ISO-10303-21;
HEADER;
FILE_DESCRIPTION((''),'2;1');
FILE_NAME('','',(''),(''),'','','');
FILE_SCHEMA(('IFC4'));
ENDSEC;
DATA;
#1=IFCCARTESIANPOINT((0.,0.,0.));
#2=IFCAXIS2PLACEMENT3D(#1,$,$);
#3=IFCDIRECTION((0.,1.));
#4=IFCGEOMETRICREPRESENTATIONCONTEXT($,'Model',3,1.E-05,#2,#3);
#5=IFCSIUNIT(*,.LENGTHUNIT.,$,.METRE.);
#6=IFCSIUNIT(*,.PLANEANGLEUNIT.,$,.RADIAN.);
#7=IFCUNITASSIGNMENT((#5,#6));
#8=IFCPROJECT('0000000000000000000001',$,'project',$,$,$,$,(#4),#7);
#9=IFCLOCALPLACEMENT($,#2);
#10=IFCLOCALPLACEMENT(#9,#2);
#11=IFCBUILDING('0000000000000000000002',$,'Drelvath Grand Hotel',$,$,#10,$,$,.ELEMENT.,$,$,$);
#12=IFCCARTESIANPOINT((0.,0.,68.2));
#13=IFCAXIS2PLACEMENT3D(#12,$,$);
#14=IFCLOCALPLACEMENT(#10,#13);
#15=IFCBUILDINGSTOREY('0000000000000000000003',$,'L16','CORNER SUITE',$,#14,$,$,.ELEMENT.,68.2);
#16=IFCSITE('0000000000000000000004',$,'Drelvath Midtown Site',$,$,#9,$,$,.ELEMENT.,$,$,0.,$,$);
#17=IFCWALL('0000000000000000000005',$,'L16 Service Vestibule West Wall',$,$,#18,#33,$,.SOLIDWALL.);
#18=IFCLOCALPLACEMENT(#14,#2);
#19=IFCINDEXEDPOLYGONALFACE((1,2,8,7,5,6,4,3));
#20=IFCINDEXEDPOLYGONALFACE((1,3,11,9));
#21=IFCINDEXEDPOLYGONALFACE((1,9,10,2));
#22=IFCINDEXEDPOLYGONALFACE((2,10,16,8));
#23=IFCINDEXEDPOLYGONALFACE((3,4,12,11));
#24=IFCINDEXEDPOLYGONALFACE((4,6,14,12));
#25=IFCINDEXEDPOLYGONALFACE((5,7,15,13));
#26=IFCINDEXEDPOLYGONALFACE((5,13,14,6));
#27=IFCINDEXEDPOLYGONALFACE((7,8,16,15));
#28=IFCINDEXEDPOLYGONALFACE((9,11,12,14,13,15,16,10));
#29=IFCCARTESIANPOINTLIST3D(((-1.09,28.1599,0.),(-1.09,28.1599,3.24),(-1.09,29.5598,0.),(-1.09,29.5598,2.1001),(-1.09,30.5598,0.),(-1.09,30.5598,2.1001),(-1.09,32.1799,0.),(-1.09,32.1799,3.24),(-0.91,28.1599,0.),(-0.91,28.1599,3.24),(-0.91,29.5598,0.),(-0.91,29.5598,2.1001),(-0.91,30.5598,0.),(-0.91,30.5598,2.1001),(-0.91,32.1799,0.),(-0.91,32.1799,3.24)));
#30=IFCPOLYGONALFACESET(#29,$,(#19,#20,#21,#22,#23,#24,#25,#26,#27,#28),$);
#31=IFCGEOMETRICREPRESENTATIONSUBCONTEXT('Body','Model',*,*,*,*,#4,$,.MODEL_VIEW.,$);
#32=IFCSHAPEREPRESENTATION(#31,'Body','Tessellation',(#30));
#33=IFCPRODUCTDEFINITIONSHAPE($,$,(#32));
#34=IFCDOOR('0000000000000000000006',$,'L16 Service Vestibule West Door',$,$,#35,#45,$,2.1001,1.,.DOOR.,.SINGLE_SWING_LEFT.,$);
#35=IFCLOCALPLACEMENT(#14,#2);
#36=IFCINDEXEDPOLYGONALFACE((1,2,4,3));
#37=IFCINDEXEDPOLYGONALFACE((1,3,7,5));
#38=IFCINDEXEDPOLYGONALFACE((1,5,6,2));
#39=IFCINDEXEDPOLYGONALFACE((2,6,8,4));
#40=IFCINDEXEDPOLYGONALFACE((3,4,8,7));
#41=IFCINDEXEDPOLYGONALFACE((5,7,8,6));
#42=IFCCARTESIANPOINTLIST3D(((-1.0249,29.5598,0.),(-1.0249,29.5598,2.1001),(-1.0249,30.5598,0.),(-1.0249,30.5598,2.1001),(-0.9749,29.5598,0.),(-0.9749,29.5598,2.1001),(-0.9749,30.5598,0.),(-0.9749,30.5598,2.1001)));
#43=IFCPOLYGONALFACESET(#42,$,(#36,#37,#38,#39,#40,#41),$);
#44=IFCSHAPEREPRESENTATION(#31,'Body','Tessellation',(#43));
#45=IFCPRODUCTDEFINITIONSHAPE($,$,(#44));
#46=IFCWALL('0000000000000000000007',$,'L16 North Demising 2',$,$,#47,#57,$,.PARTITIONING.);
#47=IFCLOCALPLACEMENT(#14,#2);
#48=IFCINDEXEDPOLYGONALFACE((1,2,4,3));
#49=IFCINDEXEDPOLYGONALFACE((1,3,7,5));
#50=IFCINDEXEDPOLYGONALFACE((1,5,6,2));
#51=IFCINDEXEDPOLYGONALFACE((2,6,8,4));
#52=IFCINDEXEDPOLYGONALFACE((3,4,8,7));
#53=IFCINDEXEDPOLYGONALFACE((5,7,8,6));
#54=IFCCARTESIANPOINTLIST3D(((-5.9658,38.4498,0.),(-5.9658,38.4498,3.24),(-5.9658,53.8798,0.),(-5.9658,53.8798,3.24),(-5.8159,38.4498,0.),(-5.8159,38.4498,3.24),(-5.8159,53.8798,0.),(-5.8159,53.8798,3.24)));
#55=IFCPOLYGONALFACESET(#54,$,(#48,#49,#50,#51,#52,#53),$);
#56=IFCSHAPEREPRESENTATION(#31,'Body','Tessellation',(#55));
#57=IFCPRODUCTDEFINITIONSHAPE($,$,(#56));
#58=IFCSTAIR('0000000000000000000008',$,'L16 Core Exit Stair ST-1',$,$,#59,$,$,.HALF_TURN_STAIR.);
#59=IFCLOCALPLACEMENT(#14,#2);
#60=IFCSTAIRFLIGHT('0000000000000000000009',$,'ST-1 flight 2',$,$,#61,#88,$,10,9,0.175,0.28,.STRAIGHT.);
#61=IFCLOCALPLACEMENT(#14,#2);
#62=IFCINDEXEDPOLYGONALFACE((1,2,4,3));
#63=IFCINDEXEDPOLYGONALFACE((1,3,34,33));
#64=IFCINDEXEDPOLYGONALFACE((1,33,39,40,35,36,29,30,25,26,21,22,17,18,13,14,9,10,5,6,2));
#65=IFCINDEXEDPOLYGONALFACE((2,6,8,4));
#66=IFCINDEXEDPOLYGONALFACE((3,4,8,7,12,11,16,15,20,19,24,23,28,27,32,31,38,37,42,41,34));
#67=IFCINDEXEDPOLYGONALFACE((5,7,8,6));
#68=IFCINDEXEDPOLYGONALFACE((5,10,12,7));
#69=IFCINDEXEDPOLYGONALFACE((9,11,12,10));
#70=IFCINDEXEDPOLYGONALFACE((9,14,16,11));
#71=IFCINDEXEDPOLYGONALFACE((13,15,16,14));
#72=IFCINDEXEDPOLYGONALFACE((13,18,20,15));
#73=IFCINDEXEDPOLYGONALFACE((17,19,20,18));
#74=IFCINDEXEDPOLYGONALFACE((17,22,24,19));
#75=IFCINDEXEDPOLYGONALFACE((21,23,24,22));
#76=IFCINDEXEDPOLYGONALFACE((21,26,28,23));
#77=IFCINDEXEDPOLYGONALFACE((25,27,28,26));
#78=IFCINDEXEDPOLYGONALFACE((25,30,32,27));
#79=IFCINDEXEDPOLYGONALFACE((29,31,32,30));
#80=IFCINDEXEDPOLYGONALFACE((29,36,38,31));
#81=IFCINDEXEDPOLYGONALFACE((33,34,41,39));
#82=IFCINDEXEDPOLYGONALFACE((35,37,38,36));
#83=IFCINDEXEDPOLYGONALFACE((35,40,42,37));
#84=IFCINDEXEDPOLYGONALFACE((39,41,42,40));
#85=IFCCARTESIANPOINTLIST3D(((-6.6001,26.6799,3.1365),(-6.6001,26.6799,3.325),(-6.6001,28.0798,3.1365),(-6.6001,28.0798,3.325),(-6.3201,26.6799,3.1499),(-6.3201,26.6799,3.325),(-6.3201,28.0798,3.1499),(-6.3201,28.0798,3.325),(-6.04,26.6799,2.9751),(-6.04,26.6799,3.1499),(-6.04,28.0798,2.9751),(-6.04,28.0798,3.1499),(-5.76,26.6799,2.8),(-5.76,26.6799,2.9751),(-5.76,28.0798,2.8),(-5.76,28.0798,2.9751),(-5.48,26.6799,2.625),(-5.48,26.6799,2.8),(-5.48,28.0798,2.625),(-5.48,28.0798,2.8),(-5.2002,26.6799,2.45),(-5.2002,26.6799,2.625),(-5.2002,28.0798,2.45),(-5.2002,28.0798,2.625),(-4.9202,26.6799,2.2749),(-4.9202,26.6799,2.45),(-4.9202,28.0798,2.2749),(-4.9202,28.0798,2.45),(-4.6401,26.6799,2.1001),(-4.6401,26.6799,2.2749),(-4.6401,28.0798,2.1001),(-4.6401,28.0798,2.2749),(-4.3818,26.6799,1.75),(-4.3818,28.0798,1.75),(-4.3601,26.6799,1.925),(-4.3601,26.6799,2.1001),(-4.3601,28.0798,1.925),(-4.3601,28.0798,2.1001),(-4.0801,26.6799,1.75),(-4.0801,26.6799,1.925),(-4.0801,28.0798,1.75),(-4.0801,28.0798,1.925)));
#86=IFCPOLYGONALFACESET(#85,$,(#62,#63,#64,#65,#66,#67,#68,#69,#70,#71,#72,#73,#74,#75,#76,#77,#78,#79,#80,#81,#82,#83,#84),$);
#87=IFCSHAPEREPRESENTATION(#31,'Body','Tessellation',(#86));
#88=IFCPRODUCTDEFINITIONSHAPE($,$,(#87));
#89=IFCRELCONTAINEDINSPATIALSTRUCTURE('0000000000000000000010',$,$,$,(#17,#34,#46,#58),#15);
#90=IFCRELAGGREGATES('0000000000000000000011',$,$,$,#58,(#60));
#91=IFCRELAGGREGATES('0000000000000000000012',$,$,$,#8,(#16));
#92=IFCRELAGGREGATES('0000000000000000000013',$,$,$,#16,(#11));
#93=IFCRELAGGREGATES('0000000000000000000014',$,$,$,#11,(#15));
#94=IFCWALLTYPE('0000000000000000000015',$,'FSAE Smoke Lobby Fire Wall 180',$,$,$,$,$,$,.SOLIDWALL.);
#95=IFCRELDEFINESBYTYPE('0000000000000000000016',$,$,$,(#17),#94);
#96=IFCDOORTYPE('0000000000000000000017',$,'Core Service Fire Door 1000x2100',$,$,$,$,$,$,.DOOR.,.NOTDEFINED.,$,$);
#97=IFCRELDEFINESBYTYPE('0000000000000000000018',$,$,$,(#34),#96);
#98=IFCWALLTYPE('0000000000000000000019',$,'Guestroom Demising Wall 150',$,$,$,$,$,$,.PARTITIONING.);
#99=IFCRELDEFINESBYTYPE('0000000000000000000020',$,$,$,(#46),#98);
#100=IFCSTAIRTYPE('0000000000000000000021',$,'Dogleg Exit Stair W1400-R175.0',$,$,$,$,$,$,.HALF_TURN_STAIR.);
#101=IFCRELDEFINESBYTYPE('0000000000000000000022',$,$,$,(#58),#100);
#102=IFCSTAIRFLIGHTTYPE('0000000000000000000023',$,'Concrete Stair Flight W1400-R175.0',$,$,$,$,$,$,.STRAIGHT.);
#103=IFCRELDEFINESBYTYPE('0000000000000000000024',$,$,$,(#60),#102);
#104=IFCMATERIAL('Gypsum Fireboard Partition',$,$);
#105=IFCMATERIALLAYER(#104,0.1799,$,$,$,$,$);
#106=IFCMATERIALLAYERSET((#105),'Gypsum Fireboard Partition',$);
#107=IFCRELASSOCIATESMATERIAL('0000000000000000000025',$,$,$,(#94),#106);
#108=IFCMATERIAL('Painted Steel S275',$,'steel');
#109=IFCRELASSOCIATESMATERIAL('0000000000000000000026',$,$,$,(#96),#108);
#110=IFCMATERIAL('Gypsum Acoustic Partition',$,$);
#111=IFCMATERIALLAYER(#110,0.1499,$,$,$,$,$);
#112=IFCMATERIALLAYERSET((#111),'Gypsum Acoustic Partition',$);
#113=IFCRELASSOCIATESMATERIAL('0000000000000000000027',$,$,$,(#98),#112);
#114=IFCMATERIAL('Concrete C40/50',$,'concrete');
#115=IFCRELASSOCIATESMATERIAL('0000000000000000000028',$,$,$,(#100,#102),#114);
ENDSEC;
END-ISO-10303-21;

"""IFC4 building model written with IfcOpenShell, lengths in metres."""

from ifc_helpers import new_model, si_unit, direction, frame, frame_2d, origin, place, context, subcontext, project, spatial, polyline, rectangle, outline, extrude, material, layer, layer_set, type_object, element, fill, aggregate, save


model = new_model("IFC4")

# Units and contexts
model_context = context("Model", 3, precision=1e-05, world=origin(), true_north=direction((0.0, 1.0)))
body_context = subcontext(model_context, "Body", "Model", "MODEL_VIEW")
ifc_project = project(units=[si_unit("LENGTHUNIT", "METRE"), si_unit("PLANEANGLEUNIT", "RADIAN")], contexts=[model_context])

# Site, building, storey
site_placement = place(None, origin())
site = spatial("IfcSite", under=ifc_project, at=site_placement, Name="Drelvath Midtown Site", CompositionType="ELEMENT", RefElevation=0.0)
building_placement = place(site_placement, origin())
building = spatial("IfcBuilding", under=site, at=building_placement, Name="Drelvath Grand Hotel", CompositionType="ELEMENT")
storey_placement = place(building_placement, frame((0.0, 0.0, 68.2)))
storey = spatial("IfcBuildingStorey", under=building, at=storey_placement, Name="L16", Description="CORNER SUITE", CompositionType="ELEMENT", Elevation=68.2)

# Shared definitions
ifc_material_1 = material(Name="Painted Steel S275", Category="steel")

# Shared definitions
ifc_material_2 = material(Name="Concrete C40/50", Category="concrete")

# Shared definitions
ifc_material_3 = material(Name="Gypsum Fireboard Partition")

# Wall, opening, door
ifc_layer_1 = layer(ifc_material_3, 0.1799)
ifc_layer_set_1 = layer_set([ifc_layer_1], Name="Gypsum Fireboard Partition")
wall_type_1 = type_object("IfcWallType", Name="FSAE Smoke Lobby Fire Wall 180", PredefinedType="SOLIDWALL", material=ifc_layer_set_1)
wall_1_placement = place(storey_placement, frame((-1.0, 28.1599, 0.0), z_axis=(0.0, 0.0, 1.0), x_axis=(0.0, 1.0, 0.0)))
wall_1 = element("IfcWall", 1, at=wall_1_placement, inside=storey, type_object=wall_type_1, Name="L16 Service Vestibule West Wall", PredefinedType="SOLIDWALL", context=body_context, shape_type="SweptSolid", body=[
    extrude(rectangle(XDim=4.02, YDim=0.1799, at=frame_2d((2.01, 0.0))), origin(), (0.0, 0.0, 1.0), 3.24),
])
opening_1_placement = place(wall_1_placement, frame((1.3999, 0.0, 0.0)))
opening_1 = element("IfcOpeningElement", 2, at=opening_1_placement, cuts=wall_1, PredefinedType="OPENING", context=body_context, shape_type="SweptSolid", body=[
    extrude(rectangle(XDim=1.0, YDim=2.1001, at=frame_2d((0.5, 1.05))), frame((0.0, 0.0999, 0.0), z_axis=(0.0, -1.0, 0.0), x_axis=(1.0, 0.0, 0.0)), (0.0, 0.0, 1.0), 0.2),
])
door_type_1 = type_object("IfcDoorType", Name="Core Service Fire Door 1000x2100", OperationType="NOTDEFINED", PredefinedType="DOOR", material=ifc_material_1)
door_1_placement = place(opening_1_placement, origin())
door_1 = element("IfcDoor", 3, at=door_1_placement, inside=storey, type_object=door_type_1, Name="L16 Service Vestibule West Door", OperationType="SINGLE_SWING_LEFT", OverallHeight=2.1001, OverallWidth=1.0, PredefinedType="DOOR", context=body_context, shape_type="SweptSolid", body=[
    extrude(rectangle(XDim=1.0, YDim=2.1001, at=frame_2d((0.5, 1.05))), frame((0.0, 0.0249, 0.0), z_axis=(0.0, -1.0, 0.0), x_axis=(1.0, 0.0, 0.0)), (0.0, 0.0, 1.0), 0.05),
])
fill(opening_1, door_1)

# Wall
ifc_material_4 = material(Name="Gypsum Acoustic Partition")
ifc_layer_2 = layer(ifc_material_4, 0.1499)
ifc_layer_set_2 = layer_set([ifc_layer_2], Name="Gypsum Acoustic Partition")
wall_type_2 = type_object("IfcWallType", Name="Guestroom Demising Wall 150", PredefinedType="PARTITIONING", material=ifc_layer_set_2)
wall_2_placement = place(storey_placement, frame((-5.8909, 38.45, 0.0), z_axis=(0.0, 0.0, 1.0), x_axis=(0.0, 1.0, 0.0)))
element("IfcWall", 4, at=wall_2_placement, inside=storey, type_object=wall_type_2, Name="L16 North Demising 2", PredefinedType="PARTITIONING", context=body_context, shape_type="SweptSolid", body=[
    extrude(rectangle(XDim=15.4299, YDim=0.1499, at=frame_2d((7.7148, 0.0))), origin(), (0.0, 0.0, 1.0), 3.24),
])

# Stair, stair flight
stair_type = type_object("IfcStairType", Name="Dogleg Exit Stair W1400-R175.0", PredefinedType="HALF_TURN_STAIR", material=ifc_material_2)
stair_placement = place(storey_placement, origin())
stair = element("IfcStair", 5, at=stair_placement, inside=storey, type_object=stair_type, Name="L16 Core Exit Stair ST-1", PredefinedType="HALF_TURN_STAIR")
stair_flight_type = type_object("IfcStairFlightType", Name="Concrete Stair Flight W1400-R175.0", PredefinedType="STRAIGHT", material=ifc_material_2)
stair_flight_placement = place(storey_placement, frame((-4.0801, 27.3799, 1.75), z_axis=(0.0, 0.0, 1.0), x_axis=(-1.0, 0.0, 0.0)))
stair_flight = element("IfcStairFlight", 6, at=stair_flight_placement, type_object=stair_flight_type, Name="ST-1 flight 2", NumberOfRisers=10, NumberOfTreads=9, PredefinedType="STRAIGHT", RiserHeight=0.175, TreadLength=0.28, context=body_context, shape_type="SweptSolid", body=[
    extrude(outline(polyline([(0.0, 0.0), (0.0, 0.175), (0.28, 0.175), (0.28, 0.3501), (0.5601, 0.3501), (0.5601, 0.5249), (0.8401, 0.5249), (0.8401, 0.7), (1.1201, 0.7), (1.1201, 0.875), (1.3999, 0.875), (1.3999, 1.05), (1.6799, 1.05), (1.6799, 1.2251), (1.96, 1.2251), (1.96, 1.3999), (2.24, 1.3999), (2.24, 1.575), (2.52, 1.575), (2.52, 1.75), (2.52, 1.3865), (0.3018, 0.0), (0.0, 0.0)])), frame((0.0, 0.7, 0.0), z_axis=(0.0, -1.0, 0.0), x_axis=(1.0, 0.0, 0.0)), (0.0, 0.0, 1.0), 1.3999),
])
aggregate(stair, [stair_flight])

save(model, "model.ifc")
